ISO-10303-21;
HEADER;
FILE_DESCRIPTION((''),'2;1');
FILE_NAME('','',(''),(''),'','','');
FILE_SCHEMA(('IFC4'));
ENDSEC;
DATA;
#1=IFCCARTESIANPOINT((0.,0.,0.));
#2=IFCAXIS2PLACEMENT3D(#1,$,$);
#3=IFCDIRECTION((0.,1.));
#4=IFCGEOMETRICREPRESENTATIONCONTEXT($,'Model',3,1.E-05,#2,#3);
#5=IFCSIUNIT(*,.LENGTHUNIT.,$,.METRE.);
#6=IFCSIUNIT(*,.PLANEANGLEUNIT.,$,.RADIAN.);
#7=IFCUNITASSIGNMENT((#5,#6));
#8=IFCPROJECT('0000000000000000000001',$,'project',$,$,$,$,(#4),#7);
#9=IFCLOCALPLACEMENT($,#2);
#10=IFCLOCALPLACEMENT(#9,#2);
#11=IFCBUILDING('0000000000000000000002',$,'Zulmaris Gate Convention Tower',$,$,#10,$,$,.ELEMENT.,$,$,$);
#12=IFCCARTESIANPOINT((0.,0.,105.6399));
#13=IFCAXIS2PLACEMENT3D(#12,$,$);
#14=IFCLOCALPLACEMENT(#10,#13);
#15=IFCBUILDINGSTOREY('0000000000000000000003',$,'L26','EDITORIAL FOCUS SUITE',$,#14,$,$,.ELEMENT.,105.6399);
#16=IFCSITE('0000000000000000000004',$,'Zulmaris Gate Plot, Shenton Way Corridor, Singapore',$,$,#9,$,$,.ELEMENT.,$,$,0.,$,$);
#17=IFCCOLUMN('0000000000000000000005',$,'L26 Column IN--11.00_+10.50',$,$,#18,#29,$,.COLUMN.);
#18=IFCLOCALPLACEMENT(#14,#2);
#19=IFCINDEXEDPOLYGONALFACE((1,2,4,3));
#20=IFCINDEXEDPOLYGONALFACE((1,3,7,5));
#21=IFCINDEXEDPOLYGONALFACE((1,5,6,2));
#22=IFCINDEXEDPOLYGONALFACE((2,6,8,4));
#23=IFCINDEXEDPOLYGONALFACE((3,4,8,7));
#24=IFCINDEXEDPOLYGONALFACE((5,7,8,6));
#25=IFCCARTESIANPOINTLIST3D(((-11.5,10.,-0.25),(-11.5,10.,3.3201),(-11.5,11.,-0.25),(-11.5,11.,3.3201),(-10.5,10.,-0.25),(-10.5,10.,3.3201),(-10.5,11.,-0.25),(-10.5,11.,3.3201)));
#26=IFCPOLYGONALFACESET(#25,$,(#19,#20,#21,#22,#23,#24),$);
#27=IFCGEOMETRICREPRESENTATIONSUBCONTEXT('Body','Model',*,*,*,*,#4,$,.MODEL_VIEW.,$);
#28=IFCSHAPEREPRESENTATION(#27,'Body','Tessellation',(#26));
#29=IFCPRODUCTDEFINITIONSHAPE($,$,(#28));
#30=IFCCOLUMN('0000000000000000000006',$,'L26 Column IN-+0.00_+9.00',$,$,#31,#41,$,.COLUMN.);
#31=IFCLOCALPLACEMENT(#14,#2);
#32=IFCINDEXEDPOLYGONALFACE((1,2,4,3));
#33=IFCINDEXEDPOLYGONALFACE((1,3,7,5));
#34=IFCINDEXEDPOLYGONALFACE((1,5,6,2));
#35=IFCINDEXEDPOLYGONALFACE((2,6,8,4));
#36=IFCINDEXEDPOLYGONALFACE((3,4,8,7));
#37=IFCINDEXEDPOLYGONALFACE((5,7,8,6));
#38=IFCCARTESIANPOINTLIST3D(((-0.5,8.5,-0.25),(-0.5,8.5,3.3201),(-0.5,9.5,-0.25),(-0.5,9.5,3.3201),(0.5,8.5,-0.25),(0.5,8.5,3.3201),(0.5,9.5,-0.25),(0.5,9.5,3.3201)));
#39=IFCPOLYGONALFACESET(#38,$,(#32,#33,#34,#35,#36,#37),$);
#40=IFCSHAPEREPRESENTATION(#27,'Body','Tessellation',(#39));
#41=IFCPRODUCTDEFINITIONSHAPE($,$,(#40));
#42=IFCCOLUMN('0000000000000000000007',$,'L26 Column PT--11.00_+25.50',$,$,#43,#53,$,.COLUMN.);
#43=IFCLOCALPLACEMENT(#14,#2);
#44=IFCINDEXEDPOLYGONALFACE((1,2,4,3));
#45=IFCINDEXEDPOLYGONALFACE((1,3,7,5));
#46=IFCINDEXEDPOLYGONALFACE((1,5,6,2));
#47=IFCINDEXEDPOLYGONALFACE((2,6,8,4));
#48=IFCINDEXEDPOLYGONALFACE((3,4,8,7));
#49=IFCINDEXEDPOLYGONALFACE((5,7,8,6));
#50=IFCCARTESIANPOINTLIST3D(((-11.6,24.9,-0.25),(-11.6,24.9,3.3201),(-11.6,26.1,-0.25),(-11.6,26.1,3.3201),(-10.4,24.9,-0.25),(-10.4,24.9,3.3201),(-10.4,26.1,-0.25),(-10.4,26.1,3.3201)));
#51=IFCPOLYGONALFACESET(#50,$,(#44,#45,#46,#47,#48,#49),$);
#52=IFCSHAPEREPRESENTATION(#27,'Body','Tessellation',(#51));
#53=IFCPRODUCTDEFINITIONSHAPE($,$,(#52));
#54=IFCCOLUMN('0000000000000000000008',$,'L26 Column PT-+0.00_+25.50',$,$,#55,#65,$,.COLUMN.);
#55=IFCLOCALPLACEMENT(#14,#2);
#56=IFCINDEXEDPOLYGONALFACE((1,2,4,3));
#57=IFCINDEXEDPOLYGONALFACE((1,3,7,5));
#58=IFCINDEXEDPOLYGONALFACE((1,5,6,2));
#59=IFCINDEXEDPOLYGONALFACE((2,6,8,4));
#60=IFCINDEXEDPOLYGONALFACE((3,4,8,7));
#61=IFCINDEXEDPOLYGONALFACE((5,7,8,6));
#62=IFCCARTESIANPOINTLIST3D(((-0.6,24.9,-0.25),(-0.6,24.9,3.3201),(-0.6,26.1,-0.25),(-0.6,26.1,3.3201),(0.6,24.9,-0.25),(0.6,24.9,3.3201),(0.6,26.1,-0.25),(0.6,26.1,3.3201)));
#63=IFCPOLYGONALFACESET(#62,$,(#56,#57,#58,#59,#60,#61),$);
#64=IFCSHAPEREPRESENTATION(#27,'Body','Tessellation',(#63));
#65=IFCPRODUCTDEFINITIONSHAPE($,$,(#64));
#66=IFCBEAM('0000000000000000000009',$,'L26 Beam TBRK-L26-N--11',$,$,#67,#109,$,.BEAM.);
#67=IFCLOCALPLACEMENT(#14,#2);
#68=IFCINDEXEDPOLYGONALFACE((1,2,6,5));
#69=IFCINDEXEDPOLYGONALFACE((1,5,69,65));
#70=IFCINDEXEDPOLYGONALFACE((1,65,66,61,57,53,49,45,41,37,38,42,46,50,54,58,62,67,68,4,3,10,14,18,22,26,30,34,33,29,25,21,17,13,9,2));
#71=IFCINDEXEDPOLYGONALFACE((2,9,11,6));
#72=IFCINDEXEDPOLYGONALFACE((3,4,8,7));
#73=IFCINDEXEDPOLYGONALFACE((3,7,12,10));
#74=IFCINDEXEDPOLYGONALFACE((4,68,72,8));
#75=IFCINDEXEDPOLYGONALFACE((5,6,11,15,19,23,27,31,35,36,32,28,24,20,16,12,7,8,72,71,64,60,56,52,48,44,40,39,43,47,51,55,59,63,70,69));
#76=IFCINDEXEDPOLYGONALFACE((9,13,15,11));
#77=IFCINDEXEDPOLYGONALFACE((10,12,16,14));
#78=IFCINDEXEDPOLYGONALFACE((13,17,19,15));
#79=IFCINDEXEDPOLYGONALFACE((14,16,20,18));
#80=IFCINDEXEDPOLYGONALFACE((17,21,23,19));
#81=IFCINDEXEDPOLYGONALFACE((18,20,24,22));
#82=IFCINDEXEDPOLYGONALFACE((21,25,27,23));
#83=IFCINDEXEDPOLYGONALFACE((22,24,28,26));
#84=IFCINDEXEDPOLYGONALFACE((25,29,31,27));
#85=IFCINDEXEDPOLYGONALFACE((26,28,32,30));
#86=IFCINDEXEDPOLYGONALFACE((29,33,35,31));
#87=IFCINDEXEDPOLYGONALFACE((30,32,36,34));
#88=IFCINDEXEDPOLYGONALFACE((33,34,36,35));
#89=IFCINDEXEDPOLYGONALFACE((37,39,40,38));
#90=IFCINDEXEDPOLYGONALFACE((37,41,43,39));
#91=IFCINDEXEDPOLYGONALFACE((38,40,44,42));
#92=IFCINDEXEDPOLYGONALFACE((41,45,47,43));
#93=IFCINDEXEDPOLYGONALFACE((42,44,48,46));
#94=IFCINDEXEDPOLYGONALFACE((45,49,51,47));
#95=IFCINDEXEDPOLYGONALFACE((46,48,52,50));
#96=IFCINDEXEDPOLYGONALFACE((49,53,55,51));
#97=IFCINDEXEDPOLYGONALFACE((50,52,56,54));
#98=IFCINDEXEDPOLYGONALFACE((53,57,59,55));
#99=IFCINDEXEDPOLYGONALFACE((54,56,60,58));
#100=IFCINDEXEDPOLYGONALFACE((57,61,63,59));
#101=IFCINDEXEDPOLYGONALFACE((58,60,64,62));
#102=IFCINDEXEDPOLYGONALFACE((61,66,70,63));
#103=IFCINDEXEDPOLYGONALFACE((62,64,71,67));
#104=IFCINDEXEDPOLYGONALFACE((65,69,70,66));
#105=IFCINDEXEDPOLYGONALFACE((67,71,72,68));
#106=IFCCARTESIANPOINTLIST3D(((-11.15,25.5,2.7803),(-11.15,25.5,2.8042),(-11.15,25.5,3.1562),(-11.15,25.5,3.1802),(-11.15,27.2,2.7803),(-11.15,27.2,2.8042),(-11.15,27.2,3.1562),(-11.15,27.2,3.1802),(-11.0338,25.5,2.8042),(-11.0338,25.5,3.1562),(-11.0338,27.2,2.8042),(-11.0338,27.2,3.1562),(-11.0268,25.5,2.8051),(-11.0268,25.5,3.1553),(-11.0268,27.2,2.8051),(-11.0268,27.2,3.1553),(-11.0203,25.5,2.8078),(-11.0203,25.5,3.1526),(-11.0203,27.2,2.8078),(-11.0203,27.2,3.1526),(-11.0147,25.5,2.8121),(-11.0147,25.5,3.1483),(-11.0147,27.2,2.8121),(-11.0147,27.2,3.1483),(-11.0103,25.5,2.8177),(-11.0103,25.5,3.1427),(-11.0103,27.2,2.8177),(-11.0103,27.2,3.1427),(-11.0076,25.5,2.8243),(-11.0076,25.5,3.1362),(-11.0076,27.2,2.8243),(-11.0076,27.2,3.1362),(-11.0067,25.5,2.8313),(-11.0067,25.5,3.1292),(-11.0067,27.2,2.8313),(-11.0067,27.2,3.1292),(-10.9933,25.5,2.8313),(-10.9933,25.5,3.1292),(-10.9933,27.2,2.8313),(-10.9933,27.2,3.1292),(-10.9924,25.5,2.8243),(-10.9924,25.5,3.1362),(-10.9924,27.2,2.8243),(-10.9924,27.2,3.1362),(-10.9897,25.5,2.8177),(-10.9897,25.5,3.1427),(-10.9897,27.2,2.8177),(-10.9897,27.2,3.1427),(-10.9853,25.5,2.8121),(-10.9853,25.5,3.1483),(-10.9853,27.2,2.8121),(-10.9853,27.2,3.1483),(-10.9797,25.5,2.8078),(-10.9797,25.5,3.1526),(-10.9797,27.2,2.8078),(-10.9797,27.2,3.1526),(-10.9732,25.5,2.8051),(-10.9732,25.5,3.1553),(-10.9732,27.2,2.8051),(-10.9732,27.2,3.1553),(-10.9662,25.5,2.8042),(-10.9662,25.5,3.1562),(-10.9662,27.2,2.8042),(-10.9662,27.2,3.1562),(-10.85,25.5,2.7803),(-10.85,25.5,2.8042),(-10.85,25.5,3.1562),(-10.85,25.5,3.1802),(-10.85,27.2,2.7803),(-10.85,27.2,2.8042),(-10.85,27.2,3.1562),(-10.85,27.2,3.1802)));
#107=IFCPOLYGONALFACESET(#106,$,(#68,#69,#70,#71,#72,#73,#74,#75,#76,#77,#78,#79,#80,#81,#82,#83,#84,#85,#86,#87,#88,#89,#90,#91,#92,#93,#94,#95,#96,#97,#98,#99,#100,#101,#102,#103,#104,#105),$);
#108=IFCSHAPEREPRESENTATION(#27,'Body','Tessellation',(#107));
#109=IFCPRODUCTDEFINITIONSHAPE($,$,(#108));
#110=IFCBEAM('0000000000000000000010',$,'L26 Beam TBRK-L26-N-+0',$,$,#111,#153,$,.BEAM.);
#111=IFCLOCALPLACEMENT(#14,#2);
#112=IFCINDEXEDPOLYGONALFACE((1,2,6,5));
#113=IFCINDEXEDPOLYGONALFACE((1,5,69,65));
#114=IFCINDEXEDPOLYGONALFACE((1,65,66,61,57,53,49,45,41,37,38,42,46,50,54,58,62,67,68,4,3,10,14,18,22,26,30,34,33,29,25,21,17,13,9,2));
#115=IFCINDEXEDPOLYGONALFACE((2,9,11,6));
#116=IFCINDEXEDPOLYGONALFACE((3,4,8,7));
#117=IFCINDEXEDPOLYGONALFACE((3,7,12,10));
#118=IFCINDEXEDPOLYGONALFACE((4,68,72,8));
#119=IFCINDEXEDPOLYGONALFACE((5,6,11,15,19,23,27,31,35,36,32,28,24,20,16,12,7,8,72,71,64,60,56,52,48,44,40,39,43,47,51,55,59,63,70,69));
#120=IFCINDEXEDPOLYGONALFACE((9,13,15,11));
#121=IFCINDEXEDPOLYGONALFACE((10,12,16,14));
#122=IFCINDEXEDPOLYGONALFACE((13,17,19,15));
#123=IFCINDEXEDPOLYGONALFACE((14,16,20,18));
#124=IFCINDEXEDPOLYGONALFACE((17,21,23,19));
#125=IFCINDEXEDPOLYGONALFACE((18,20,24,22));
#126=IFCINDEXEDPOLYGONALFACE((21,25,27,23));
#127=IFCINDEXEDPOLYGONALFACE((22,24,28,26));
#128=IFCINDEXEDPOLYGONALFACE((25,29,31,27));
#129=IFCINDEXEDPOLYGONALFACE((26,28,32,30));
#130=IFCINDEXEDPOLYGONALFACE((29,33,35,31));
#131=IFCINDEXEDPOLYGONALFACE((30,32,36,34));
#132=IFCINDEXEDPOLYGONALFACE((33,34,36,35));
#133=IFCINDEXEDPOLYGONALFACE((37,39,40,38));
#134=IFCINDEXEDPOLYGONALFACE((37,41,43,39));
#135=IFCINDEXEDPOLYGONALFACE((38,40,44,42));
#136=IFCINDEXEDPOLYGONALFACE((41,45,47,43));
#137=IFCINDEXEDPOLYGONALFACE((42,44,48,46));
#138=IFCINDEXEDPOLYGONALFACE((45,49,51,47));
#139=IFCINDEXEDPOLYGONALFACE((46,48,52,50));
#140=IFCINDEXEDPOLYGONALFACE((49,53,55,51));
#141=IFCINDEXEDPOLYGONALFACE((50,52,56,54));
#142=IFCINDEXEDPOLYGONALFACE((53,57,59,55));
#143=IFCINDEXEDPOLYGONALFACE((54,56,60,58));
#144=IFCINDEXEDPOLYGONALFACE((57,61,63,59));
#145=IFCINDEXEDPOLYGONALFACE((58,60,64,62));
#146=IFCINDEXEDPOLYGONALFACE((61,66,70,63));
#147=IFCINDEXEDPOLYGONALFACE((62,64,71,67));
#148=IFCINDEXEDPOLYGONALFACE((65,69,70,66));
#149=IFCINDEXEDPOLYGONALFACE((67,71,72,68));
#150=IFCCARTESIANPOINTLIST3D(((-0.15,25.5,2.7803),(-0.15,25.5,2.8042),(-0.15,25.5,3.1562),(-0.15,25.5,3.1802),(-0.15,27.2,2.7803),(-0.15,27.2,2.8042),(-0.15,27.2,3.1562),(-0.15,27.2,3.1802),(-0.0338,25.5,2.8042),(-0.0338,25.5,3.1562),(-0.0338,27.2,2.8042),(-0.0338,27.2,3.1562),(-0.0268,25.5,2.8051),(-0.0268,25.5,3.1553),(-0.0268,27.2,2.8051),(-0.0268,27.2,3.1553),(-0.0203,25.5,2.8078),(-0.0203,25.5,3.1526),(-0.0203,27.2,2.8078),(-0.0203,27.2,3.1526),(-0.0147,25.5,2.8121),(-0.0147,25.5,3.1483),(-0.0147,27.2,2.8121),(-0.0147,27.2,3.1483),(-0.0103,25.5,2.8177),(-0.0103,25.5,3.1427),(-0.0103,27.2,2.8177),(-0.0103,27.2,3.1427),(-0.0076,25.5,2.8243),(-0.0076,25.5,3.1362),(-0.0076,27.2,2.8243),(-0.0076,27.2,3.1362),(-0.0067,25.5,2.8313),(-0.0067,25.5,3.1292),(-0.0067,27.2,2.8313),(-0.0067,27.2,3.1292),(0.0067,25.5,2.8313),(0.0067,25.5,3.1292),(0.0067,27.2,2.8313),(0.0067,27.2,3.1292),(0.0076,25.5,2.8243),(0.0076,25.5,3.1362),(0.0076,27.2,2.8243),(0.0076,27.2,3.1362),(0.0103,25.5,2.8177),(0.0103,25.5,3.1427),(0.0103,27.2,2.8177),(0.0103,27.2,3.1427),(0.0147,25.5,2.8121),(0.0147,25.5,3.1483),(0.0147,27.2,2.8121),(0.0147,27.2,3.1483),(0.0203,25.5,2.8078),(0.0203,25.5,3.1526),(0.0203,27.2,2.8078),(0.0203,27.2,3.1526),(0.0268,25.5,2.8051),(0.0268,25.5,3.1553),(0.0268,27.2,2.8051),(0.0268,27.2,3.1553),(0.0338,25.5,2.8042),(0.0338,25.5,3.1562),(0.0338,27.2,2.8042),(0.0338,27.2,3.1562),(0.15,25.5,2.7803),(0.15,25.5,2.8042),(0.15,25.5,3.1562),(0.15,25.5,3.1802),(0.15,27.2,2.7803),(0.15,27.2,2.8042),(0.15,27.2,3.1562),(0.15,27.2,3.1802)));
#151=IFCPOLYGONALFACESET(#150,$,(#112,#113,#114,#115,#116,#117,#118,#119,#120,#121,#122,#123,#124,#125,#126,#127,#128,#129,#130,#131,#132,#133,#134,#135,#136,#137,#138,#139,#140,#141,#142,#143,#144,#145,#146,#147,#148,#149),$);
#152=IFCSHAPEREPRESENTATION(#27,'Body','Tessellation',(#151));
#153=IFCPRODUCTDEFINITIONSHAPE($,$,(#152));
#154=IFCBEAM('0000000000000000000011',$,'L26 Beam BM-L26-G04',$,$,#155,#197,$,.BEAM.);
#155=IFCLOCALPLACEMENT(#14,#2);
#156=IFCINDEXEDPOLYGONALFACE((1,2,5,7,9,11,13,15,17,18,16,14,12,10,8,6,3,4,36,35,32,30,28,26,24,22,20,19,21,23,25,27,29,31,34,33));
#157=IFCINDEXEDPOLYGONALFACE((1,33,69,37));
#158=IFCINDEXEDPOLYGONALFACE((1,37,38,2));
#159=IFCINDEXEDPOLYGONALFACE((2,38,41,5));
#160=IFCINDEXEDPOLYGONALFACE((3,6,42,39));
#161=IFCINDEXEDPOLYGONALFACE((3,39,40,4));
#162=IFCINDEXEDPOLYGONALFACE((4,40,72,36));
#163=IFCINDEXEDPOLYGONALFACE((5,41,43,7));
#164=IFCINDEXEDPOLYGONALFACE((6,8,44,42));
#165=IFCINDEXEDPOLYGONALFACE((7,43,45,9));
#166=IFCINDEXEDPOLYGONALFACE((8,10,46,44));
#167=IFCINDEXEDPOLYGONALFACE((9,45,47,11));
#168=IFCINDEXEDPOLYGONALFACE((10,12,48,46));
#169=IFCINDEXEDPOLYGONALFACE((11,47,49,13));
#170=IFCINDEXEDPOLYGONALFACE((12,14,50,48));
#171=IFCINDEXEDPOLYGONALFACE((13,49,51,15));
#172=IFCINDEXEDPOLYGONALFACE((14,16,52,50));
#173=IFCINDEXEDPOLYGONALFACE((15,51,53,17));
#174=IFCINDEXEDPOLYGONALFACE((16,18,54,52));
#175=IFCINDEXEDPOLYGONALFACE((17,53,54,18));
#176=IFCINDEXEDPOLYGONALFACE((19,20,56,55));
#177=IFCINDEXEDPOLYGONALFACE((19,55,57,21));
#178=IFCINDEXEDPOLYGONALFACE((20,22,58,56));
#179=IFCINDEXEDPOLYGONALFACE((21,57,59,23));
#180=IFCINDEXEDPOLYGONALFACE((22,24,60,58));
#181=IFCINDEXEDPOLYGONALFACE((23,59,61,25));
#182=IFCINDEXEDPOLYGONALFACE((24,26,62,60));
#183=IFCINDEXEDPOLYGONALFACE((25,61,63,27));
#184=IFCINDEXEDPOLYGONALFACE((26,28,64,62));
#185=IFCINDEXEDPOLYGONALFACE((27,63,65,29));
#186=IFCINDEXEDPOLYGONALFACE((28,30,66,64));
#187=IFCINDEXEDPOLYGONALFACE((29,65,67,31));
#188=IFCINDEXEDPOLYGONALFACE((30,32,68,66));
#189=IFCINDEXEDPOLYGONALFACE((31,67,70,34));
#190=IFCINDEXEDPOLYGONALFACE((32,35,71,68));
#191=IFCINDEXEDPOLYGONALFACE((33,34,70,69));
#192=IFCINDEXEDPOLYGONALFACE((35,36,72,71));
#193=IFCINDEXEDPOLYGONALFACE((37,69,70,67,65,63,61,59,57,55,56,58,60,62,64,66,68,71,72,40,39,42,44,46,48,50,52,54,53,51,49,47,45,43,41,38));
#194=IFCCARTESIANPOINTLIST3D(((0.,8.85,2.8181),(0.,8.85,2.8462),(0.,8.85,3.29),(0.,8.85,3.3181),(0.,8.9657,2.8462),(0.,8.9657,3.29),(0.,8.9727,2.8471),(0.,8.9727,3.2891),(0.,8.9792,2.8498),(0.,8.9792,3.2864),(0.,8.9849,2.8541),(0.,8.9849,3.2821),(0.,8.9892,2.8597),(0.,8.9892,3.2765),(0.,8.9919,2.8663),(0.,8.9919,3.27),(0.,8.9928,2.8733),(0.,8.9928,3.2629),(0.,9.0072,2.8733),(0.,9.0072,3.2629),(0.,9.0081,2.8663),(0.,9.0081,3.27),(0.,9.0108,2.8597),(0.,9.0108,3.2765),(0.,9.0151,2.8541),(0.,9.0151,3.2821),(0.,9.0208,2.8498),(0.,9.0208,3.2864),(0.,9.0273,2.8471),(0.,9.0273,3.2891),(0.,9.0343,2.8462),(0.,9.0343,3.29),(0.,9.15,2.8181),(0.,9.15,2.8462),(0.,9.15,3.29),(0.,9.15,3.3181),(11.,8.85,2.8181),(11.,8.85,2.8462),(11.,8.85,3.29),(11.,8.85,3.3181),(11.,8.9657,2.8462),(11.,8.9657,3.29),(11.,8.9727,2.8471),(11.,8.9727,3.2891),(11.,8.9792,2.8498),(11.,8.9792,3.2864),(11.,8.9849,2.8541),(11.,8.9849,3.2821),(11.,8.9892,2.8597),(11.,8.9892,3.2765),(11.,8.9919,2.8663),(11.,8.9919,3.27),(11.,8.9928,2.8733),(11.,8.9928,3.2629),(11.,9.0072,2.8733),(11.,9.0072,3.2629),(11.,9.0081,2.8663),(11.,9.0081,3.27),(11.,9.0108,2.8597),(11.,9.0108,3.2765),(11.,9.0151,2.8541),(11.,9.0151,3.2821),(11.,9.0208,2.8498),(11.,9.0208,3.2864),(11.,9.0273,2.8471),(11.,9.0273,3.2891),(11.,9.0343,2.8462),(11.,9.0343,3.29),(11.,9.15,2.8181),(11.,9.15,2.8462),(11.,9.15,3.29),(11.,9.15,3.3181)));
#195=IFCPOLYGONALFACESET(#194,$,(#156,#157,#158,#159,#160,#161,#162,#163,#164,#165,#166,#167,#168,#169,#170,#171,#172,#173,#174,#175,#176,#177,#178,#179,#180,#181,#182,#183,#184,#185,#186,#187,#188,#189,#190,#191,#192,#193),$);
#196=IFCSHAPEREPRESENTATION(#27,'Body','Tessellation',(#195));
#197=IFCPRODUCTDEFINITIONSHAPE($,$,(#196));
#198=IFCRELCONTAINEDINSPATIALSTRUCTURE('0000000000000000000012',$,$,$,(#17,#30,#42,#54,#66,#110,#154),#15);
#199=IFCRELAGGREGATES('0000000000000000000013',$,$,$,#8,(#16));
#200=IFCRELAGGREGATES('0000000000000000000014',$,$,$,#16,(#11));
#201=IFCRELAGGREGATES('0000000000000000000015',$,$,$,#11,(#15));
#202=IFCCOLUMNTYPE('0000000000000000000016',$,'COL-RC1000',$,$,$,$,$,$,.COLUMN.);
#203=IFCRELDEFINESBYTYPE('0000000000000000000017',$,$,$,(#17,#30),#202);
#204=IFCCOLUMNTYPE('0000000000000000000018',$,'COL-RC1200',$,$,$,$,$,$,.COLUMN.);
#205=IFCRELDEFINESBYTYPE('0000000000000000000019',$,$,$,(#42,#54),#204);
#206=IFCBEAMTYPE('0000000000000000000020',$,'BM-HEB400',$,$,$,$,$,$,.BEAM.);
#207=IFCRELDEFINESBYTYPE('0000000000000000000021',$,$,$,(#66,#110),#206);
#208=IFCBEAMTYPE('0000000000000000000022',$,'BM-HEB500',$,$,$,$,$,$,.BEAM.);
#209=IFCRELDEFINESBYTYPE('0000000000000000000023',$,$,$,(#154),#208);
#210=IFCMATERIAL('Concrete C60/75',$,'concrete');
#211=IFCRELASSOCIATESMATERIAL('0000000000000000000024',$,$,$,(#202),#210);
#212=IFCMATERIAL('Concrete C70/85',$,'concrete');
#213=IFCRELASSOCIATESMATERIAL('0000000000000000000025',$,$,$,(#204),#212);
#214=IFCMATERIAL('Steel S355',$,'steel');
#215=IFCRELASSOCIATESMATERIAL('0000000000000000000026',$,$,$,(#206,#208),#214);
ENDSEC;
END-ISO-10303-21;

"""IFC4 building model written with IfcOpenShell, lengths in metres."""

from ifc_helpers import new_model, si_unit, direction, frame, origin, origin_2d, place, context, subcontext, project, spatial, rectangle, i_section, extrude, material, material_profile, profile_set, type_object, element, save


model = new_model("IFC4")

# Units and contexts
model_context = context("Model", 3, precision=1e-05, world=origin(), true_north=direction((0.0, 1.0)))
body_context = subcontext(model_context, "Body", "Model", "MODEL_VIEW")
ifc_project = project(units=[si_unit("LENGTHUNIT", "METRE"), si_unit("PLANEANGLEUNIT", "RADIAN")], contexts=[model_context])

# Site, building, storey
site_placement = place(None, origin())
site = spatial("IfcSite", under=ifc_project, at=site_placement, Name="Zulmaris Gate Plot, Shenton Way Corridor, Singapore", CompositionType="ELEMENT", RefElevation=0.0)
building_placement = place(site_placement, origin())
building = spatial("IfcBuilding", under=site, at=building_placement, Name="Zulmaris Gate Convention Tower", CompositionType="ELEMENT")
storey_placement = place(building_placement, frame((0.0, 0.0, 105.6399)))
storey = spatial("IfcBuildingStorey", under=building, at=storey_placement, Name="L26", Description="EDITORIAL FOCUS SUITE", CompositionType="ELEMENT", Elevation=105.6399)

# Columns
ifc_material_1 = material(Name="Concrete C60/75", Category="concrete")
ifc_material_profile_1 = material_profile(ifc_material_1, rectangle(XDim=1.0, YDim=1.0, at=origin_2d()), Name="RC COL 1000x1000")
ifc_profile_set_1 = profile_set([ifc_material_profile_1], Name="Concrete C60/75")
column_type_1 = type_object("IfcColumnType", Name="COL-RC1000", PredefinedType="COLUMN", material=ifc_profile_set_1)
for number, where, z_axis, x_axis, name in (
    (1, (-11.0, 10.5, -0.25), (0.0, 0.0, 1.0), (1.0, 0.0, 0.0), "L26 Column IN--11.00_+10.50"),
    (2, (0.0, 9.0, -0.25), (0.0, 0.0, 1.0), (1.0, 0.0, 0.0), "L26 Column IN-+0.00_+9.00"),
):
    element("IfcColumn", number, at=place(storey_placement, frame(where, z_axis=z_axis, x_axis=x_axis)), inside=storey, type_object=column_type_1, Name=name, PredefinedType="COLUMN", context=body_context, shape_type="SweptSolid", body=[
        extrude(rectangle(XDim=1.0, YDim=1.0, at=origin_2d()), origin(), (0.0, 0.0, 1.0), 3.5701),
    ])
ifc_material_2 = material(Name="Concrete C70/85", Category="concrete")
ifc_material_profile_2 = material_profile(ifc_material_2, rectangle(XDim=1.2, YDim=1.2, at=origin_2d()), Name="RC COL 1200x1200")
ifc_profile_set_2 = profile_set([ifc_material_profile_2], Name="Concrete C70/85")
column_type_2 = type_object("IfcColumnType", Name="COL-RC1200", PredefinedType="COLUMN", material=ifc_profile_set_2)
for number, where, z_axis, x_axis, name in (
    (3, (-11.0, 25.5, -0.25), (0.0, 0.0, 1.0), (1.0, 0.0, 0.0), "L26 Column PT--11.00_+25.50"),
    (4, (0.0, 25.5, -0.25), (0.0, 0.0, 1.0), (1.0, 0.0, 0.0), "L26 Column PT-+0.00_+25.50"),
):
    element("IfcColumn", number, at=place(storey_placement, frame(where, z_axis=z_axis, x_axis=x_axis)), inside=storey, type_object=column_type_2, Name=name, PredefinedType="COLUMN", context=body_context, shape_type="SweptSolid", body=[
        extrude(rectangle(XDim=1.2, YDim=1.2, at=origin_2d()), origin(), (0.0, 0.0, 1.0), 3.5701),
    ])

# Beams
ifc_material_3 = material(Name="Steel S355", Category="steel")
ifc_material_profile_3 = material_profile(ifc_material_3, i_section(OverallWidth=0.3, OverallDepth=0.3999, WebThickness=0.0134, FlangeThickness=0.0239, FilletRadius=0.0271, at=origin_2d()), Name="HEB 400")
ifc_profile_set_3 = profile_set([ifc_material_profile_3], Name="Steel S355")
beam_type_1 = type_object("IfcBeamType", Name="BM-HEB400", PredefinedType="BEAM", material=ifc_profile_set_3)
for number, where, z_axis, x_axis, name in (
    (5, (-11.0, 25.5, 2.9802), (0.0, 1.0, 0.0), (-1.0, 0.0, 0.0), "L26 Beam TBRK-L26-N--11"),
    (6, (0.0, 25.5, 2.9802), (0.0, 1.0, 0.0), (-1.0, 0.0, 0.0), "L26 Beam TBRK-L26-N-+0"),
):
    element("IfcBeam", number, at=place(storey_placement, frame(where, z_axis=z_axis, x_axis=x_axis)), inside=storey, type_object=beam_type_1, Name=name, PredefinedType="BEAM", context=body_context, shape_type="SweptSolid", body=[
        extrude(i_section(OverallWidth=0.3, OverallDepth=0.3999, WebThickness=0.0134, FlangeThickness=0.0239, FilletRadius=0.0271, at=origin_2d()), origin(), (0.0, 0.0, 1.0), 1.7),
    ])
ifc_material_profile_4 = material_profile(ifc_material_3, i_section(OverallWidth=0.3, OverallDepth=0.5, WebThickness=0.0144, FlangeThickness=0.0281, FilletRadius=0.0271, at=origin_2d()), Name="HEB 500")
ifc_profile_set_4 = profile_set([ifc_material_profile_4], Name="Steel S355")
beam_type_2 = type_object("IfcBeamType", Name="BM-HEB500", PredefinedType="BEAM", material=ifc_profile_set_4)
beam_1_placement = place(storey_placement, frame((0.0, 9.0, 3.0681), z_axis=(1.0, 0.0, 0.0), x_axis=(0.0, 1.0, 0.0)))
element("IfcBeam", 7, at=beam_1_placement, inside=storey, type_object=beam_type_2, Name="L26 Beam BM-L26-G04", PredefinedType="BEAM", context=body_context, shape_type="SweptSolid", body=[
    extrude(i_section(OverallWidth=0.3, OverallDepth=0.5, WebThickness=0.0144, FlangeThickness=0.0281, FilletRadius=0.0271, at=origin_2d()), origin(), (0.0, 0.0, 1.0), 11.0),
])

save(model, "model.ifc")
